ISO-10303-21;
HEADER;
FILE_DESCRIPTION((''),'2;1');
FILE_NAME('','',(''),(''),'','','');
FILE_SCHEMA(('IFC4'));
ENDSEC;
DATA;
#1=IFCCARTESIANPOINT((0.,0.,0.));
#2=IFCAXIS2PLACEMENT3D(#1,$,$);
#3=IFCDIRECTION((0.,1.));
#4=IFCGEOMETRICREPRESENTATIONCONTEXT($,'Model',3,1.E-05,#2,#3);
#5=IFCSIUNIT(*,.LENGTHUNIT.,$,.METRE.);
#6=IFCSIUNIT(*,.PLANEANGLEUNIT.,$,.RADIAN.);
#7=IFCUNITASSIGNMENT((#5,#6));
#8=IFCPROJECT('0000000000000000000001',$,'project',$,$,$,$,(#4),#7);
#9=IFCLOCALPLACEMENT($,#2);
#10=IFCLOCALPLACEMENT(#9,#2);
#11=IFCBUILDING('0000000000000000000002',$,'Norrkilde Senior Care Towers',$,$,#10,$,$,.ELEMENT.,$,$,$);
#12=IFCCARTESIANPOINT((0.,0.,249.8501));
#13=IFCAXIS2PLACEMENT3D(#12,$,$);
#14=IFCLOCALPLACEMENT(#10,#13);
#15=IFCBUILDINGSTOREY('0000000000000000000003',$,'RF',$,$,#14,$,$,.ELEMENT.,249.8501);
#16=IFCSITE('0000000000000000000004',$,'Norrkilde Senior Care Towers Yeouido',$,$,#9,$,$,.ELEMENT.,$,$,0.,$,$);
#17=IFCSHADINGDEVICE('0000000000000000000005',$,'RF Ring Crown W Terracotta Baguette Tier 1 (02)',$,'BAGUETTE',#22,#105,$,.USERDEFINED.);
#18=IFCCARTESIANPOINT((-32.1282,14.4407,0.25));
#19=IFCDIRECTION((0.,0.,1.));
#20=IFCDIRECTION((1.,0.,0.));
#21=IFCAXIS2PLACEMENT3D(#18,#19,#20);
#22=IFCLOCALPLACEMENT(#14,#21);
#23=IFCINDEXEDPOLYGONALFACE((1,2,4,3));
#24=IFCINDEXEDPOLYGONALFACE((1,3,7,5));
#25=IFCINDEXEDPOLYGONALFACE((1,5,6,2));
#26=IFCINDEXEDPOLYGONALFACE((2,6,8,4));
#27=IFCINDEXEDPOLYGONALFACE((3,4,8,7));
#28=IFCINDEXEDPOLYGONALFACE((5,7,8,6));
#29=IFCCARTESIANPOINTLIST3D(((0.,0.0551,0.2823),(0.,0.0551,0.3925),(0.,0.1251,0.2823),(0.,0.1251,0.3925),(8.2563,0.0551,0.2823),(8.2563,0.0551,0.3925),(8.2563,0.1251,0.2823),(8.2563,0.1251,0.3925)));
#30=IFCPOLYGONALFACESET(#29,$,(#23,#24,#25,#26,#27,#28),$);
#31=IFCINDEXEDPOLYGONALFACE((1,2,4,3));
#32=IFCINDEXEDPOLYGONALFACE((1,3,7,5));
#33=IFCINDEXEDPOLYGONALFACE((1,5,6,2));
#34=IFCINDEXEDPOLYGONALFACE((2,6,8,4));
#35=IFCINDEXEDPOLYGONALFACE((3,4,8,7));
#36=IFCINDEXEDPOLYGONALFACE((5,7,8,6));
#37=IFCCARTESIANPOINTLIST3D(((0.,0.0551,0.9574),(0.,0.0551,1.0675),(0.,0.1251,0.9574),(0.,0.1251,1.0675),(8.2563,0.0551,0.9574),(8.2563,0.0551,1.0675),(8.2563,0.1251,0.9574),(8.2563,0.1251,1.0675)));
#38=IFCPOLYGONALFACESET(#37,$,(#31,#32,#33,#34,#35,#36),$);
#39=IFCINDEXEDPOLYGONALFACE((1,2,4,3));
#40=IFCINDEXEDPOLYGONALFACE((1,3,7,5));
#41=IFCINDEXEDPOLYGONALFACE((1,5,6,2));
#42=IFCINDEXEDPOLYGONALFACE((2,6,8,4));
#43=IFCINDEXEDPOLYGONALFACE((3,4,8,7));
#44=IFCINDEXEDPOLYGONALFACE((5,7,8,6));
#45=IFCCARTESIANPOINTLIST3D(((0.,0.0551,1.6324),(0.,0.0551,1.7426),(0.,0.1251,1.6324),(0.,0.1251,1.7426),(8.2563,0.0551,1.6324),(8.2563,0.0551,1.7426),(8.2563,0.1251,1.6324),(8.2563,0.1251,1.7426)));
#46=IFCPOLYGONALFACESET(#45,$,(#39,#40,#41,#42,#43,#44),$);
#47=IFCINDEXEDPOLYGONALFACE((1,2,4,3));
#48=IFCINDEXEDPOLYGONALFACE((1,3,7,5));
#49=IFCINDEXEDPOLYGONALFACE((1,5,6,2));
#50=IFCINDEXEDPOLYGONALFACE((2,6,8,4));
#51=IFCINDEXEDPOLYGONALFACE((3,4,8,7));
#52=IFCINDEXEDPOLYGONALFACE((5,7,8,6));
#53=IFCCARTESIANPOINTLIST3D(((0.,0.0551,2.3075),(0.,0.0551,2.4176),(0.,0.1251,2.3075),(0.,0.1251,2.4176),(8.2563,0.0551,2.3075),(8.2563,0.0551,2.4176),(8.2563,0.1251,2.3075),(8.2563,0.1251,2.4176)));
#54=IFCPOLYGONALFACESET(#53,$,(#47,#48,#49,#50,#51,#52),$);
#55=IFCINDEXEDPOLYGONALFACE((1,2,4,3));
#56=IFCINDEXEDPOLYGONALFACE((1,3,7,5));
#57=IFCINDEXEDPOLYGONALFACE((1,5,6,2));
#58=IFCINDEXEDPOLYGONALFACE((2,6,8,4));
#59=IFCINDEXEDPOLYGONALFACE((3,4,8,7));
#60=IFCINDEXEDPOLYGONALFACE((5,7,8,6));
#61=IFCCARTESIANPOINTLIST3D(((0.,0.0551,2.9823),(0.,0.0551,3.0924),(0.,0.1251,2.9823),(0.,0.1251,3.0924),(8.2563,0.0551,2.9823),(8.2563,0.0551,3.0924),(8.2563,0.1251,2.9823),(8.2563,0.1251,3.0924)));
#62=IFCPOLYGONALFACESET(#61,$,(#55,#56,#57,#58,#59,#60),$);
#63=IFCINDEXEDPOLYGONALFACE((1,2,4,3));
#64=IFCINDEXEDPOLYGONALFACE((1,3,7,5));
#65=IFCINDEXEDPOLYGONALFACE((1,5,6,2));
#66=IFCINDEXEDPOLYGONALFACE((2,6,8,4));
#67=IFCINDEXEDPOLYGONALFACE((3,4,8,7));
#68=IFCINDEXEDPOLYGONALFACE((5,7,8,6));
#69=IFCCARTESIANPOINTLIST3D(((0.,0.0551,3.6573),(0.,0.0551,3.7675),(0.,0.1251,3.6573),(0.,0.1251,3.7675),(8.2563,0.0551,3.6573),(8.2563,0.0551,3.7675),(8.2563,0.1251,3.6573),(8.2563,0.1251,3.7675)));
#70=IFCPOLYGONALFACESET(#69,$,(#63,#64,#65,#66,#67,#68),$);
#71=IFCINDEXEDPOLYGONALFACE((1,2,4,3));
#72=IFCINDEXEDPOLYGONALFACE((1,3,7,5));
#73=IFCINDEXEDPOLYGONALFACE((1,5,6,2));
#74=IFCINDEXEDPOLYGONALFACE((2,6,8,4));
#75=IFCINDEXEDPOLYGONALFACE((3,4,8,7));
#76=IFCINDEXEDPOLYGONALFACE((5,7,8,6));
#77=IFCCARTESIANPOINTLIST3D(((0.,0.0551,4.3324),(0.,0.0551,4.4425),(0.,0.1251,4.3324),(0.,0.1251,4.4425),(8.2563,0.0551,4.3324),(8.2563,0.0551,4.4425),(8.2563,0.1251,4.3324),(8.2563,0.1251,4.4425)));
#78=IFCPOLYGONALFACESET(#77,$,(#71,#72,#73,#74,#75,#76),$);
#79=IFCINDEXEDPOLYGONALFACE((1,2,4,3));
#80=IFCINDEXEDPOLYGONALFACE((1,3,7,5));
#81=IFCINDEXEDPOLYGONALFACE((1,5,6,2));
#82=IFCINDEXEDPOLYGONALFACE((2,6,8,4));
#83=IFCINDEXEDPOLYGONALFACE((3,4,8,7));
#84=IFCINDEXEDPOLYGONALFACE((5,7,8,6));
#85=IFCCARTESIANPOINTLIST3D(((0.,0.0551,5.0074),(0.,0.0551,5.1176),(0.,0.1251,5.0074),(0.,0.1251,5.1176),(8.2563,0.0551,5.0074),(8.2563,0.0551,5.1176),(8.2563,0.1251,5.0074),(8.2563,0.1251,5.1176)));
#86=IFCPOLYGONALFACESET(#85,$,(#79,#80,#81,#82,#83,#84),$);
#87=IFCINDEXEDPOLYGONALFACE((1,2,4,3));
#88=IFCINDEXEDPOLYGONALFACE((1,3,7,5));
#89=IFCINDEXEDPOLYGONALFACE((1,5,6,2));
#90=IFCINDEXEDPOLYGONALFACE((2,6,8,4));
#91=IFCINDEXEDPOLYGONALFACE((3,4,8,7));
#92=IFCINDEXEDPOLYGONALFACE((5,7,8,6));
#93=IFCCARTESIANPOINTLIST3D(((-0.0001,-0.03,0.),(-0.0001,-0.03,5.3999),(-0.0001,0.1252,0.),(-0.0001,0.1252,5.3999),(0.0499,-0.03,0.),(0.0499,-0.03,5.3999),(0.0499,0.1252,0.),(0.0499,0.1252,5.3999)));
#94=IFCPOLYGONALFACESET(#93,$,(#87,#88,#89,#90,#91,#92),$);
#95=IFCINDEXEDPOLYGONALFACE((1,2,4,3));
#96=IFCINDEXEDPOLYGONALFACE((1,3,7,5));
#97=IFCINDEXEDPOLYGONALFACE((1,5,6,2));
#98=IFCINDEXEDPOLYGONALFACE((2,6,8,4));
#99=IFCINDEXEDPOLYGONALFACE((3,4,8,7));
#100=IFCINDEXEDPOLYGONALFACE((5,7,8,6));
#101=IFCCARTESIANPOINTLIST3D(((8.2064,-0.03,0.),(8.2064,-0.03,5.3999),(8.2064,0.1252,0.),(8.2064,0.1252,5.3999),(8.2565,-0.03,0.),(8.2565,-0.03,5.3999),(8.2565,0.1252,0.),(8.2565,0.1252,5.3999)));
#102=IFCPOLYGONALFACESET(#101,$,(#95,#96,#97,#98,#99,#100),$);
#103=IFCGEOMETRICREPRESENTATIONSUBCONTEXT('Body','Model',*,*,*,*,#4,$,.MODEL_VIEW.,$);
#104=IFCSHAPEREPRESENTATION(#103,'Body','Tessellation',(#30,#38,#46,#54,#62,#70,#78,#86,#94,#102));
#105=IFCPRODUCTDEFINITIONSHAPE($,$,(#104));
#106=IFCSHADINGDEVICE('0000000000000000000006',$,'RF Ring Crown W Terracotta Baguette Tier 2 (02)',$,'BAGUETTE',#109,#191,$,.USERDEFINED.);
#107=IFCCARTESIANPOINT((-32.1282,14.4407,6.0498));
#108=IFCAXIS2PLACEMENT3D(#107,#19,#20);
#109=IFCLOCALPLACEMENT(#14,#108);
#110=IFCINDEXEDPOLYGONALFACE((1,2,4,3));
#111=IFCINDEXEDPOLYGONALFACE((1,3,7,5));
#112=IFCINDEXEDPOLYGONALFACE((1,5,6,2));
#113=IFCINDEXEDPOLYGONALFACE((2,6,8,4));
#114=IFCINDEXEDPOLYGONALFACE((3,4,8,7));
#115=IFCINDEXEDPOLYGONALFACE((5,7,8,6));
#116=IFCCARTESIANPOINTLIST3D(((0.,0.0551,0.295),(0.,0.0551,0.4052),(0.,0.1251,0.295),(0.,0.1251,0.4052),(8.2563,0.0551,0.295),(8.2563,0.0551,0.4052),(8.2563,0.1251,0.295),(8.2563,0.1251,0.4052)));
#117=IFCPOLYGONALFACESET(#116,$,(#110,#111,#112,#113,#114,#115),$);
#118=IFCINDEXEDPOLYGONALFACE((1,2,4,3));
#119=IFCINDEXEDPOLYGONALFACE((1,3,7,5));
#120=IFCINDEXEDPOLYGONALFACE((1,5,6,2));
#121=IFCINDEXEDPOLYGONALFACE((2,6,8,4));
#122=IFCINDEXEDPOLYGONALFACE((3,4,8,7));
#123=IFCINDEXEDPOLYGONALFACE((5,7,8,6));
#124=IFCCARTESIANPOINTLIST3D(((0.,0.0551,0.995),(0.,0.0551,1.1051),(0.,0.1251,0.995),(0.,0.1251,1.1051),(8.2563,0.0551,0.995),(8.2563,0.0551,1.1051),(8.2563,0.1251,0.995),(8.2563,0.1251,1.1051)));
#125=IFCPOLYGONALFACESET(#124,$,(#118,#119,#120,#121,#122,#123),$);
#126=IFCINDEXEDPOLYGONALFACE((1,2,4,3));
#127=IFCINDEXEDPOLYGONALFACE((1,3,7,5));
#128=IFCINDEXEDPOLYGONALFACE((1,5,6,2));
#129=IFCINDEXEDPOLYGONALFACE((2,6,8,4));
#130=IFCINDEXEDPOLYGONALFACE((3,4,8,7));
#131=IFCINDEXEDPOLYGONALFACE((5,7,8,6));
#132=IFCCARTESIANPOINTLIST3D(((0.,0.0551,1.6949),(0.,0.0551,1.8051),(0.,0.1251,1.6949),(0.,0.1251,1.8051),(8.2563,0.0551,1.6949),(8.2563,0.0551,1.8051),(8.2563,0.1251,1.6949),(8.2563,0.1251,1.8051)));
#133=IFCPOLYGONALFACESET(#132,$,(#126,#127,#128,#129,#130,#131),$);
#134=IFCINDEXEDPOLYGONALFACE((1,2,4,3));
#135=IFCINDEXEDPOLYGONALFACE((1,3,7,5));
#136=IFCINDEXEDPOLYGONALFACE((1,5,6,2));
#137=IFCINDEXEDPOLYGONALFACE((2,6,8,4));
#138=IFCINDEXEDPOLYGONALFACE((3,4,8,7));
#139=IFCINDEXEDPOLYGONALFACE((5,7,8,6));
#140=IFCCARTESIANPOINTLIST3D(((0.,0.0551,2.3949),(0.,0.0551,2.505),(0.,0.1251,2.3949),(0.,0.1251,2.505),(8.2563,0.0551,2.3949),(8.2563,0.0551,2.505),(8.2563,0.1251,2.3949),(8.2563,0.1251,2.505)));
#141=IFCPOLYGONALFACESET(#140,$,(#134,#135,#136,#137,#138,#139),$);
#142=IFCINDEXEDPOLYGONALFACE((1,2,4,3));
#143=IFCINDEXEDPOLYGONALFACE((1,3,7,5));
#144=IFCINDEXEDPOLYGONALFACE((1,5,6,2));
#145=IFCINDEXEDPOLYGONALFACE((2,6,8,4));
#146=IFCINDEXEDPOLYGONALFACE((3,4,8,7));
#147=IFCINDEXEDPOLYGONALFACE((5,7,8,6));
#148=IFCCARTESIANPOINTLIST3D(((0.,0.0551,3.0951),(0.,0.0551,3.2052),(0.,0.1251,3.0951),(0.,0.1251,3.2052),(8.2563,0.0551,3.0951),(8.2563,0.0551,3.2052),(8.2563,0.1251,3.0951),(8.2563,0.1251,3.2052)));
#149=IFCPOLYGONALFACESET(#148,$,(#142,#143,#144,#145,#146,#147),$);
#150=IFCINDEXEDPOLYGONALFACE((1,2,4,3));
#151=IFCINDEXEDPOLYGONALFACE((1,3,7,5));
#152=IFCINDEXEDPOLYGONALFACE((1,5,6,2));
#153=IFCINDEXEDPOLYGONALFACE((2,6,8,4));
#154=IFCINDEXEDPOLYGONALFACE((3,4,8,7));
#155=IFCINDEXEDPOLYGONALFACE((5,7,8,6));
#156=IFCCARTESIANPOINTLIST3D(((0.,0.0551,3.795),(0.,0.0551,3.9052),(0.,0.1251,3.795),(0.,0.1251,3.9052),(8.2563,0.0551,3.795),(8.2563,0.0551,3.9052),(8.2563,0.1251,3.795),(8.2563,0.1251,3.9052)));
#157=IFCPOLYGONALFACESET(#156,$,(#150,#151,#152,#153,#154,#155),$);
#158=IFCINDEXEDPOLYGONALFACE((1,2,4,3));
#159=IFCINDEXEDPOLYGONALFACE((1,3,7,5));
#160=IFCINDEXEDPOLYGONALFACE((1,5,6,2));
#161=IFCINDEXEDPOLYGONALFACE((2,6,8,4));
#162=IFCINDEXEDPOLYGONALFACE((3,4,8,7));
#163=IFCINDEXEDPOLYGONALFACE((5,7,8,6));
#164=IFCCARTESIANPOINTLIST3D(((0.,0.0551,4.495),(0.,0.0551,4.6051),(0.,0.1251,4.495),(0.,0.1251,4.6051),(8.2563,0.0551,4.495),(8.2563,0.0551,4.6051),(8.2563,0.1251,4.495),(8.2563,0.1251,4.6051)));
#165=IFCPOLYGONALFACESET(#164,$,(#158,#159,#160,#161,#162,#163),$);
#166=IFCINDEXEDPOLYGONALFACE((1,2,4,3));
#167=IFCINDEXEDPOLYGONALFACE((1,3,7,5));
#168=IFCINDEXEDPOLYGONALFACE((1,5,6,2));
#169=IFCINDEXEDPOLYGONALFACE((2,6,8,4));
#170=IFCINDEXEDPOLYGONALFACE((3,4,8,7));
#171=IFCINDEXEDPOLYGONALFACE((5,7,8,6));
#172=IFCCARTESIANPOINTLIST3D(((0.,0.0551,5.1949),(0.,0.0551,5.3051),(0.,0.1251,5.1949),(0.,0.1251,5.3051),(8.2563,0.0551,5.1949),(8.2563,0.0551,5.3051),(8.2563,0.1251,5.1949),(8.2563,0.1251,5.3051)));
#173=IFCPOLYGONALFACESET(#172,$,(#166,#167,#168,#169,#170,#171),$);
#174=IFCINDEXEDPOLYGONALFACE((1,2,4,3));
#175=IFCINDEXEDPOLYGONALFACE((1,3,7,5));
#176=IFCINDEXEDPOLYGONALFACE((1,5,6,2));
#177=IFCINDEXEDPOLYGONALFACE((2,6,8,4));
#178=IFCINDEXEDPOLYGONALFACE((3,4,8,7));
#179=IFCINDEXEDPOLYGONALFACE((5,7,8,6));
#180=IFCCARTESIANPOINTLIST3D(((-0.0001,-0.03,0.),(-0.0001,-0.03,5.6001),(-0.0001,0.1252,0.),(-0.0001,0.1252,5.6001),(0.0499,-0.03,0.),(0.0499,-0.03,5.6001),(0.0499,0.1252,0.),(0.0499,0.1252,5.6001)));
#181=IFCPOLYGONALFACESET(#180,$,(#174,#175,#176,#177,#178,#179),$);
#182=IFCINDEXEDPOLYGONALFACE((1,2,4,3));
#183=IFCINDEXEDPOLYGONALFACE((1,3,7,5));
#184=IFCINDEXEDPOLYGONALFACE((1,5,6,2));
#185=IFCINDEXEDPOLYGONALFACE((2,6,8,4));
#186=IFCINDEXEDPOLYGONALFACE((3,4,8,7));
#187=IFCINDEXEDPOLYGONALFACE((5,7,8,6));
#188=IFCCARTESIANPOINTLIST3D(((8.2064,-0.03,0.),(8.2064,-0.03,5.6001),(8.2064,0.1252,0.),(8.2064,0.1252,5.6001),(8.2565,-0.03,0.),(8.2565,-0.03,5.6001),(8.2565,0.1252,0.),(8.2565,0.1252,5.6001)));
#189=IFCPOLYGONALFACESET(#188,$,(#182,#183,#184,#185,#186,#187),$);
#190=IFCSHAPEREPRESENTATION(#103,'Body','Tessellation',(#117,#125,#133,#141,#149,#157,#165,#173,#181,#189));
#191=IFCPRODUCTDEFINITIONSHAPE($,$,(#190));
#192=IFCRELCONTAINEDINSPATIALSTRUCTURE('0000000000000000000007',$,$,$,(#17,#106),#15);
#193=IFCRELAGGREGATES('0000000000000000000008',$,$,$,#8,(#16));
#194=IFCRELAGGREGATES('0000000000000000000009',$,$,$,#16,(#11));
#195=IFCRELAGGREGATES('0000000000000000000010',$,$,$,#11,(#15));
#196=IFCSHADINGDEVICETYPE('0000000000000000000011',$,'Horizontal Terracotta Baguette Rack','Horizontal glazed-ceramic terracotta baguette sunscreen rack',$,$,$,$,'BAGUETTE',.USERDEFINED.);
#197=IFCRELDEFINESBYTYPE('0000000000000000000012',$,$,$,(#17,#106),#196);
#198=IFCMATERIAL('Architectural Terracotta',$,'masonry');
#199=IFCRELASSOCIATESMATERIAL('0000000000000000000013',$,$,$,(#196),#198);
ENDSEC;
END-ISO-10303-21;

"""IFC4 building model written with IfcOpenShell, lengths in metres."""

from ifc_helpers import new_model, si_unit, direction, frame, origin, origin_2d, place, context, subcontext, project, spatial, rectangle, extrude, source, transform, mapped, material, type_object, type_shapes, element, save


model = new_model("IFC4")

# Units and contexts
model_context = context("Model", 3, precision=1e-05, world=origin(), true_north=direction((0.0, 1.0)))
body_context = subcontext(model_context, "Body", "Model", "MODEL_VIEW")
ifc_project = project(units=[si_unit("LENGTHUNIT", "METRE"), si_unit("PLANEANGLEUNIT", "RADIAN")], contexts=[model_context])

# Site, building, storey
site_placement = place(None, origin())
site = spatial("IfcSite", under=ifc_project, at=site_placement, Name="Norrkilde Senior Care Towers Yeouido", CompositionType="ELEMENT", RefElevation=0.0)
building_placement = place(site_placement, origin())
building = spatial("IfcBuilding", under=site, at=building_placement, Name="Norrkilde Senior Care Towers", CompositionType="ELEMENT")
storey_placement = place(building_placement, frame((0.0, 0.0, 249.8501)))
storey = spatial("IfcBuildingStorey", under=building, at=storey_placement, Name="RF", CompositionType="ELEMENT", Elevation=249.8501)

# Shared definitions
ifc_material_1 = material(Name="Architectural Terracotta", Category="masonry")

# Shading devices
shading_device_type = type_object("IfcShadingDeviceType", Name="Horizontal Terracotta Baguette Rack", Description="Horizontal glazed-ceramic terracotta baguette sunscreen rack", ElementType="BAGUETTE", PredefinedType="USERDEFINED", material=ifc_material_1)
shared_shape_1 = source(origin(), body_context, "Body", "SweptSolid", [
    extrude(rectangle(XDim=0.0701, YDim=0.1101, at=origin_2d()), frame((0.0, 0.0901, 0.3374), z_axis=(1.0, 0.0, 0.0), x_axis=(0.0, 1.0, 0.0)), (0.0, 0.0, 1.0), 8.2563),
    extrude(rectangle(XDim=0.0701, YDim=0.1101, at=origin_2d()), frame((0.0, 0.0901, 1.0125), z_axis=(1.0, 0.0, 0.0), x_axis=(0.0, 1.0, 0.0)), (0.0, 0.0, 1.0), 8.2563),
    extrude(rectangle(XDim=0.0701, YDim=0.1101, at=origin_2d()), frame((0.0, 0.0901, 1.6875), z_axis=(1.0, 0.0, 0.0), x_axis=(0.0, 1.0, 0.0)), (0.0, 0.0, 1.0), 8.2563),
    extrude(rectangle(XDim=0.0701, YDim=0.1101, at=origin_2d()), frame((0.0, 0.0901, 2.3625), z_axis=(1.0, 0.0, 0.0), x_axis=(0.0, 1.0, 0.0)), (0.0, 0.0, 1.0), 8.2563),
    extrude(rectangle(XDim=0.0701, YDim=0.1101, at=origin_2d()), frame((0.0, 0.0901, 3.0374), z_axis=(1.0, 0.0, 0.0), x_axis=(0.0, 1.0, 0.0)), (0.0, 0.0, 1.0), 8.2563),
    extrude(rectangle(XDim=0.0701, YDim=0.1101, at=origin_2d()), frame((0.0, 0.0901, 3.7124), z_axis=(1.0, 0.0, 0.0), x_axis=(0.0, 1.0, 0.0)), (0.0, 0.0, 1.0), 8.2563),
    extrude(rectangle(XDim=0.0701, YDim=0.1101, at=origin_2d()), frame((0.0, 0.0901, 4.3875), z_axis=(1.0, 0.0, 0.0), x_axis=(0.0, 1.0, 0.0)), (0.0, 0.0, 1.0), 8.2563),
    extrude(rectangle(XDim=0.0701, YDim=0.1101, at=origin_2d()), frame((0.0, 0.0901, 5.0625), z_axis=(1.0, 0.0, 0.0), x_axis=(0.0, 1.0, 0.0)), (0.0, 0.0, 1.0), 8.2563),
    extrude(rectangle(XDim=0.05, YDim=0.1553, at=origin_2d()), frame((0.0249, 0.0476, 0.0)), (0.0, 0.0, 1.0), 5.3999),
    extrude(rectangle(XDim=0.05, YDim=0.1553, at=origin_2d()), frame((8.2314, 0.0476, 0.0)), (0.0, 0.0, 1.0), 5.3999),
])
shading_device_1_placement = place(storey_placement, frame((-32.1282, 14.4407, 0.25), z_axis=(0.0, 0.0, 1.0), x_axis=(1.0, 0.0, 0.0)))
element("IfcShadingDevice", 1, at=shading_device_1_placement, inside=storey, type_object=shading_device_type, Name="RF Ring Crown W Terracotta Baguette Tier 1 (02)", ObjectType="BAGUETTE", PredefinedType="USERDEFINED", context=body_context, shape_type="MappedRepresentation", body=[
    mapped(shared_shape_1, transform((0.0, 0.0, 0.0), x_axis=(1.0, 0.0, 0.0), y_axis=(0.0, 1.0, 0.0), z_axis=(0.0, 0.0, 1.0), scale=1.0)),
])
shared_shape_2 = source(origin(), body_context, "Body", "SweptSolid", [
    extrude(rectangle(XDim=0.0701, YDim=0.1101, at=origin_2d()), frame((0.0, 0.0901, 0.3501), z_axis=(1.0, 0.0, 0.0), x_axis=(0.0, 1.0, 0.0)), (0.0, 0.0, 1.0), 8.2563),
    extrude(rectangle(XDim=0.0701, YDim=0.1101, at=origin_2d()), frame((0.0, 0.0901, 1.05), z_axis=(1.0, 0.0, 0.0), x_axis=(0.0, 1.0, 0.0)), (0.0, 0.0, 1.0), 8.2563),
    extrude(rectangle(XDim=0.0701, YDim=0.1101, at=origin_2d()), frame((0.0, 0.0901, 1.75), z_axis=(1.0, 0.0, 0.0), x_axis=(0.0, 1.0, 0.0)), (0.0, 0.0, 1.0), 8.2563),
    extrude(rectangle(XDim=0.0701, YDim=0.1101, at=origin_2d()), frame((0.0, 0.0901, 2.45), z_axis=(1.0, 0.0, 0.0), x_axis=(0.0, 1.0, 0.0)), (0.0, 0.0, 1.0), 8.2563),
    extrude(rectangle(XDim=0.0701, YDim=0.1101, at=origin_2d()), frame((0.0, 0.0901, 3.1501), z_axis=(1.0, 0.0, 0.0), x_axis=(0.0, 1.0, 0.0)), (0.0, 0.0, 1.0), 8.2563),
    extrude(rectangle(XDim=0.0701, YDim=0.1101, at=origin_2d()), frame((0.0, 0.0901, 3.8501), z_axis=(1.0, 0.0, 0.0), x_axis=(0.0, 1.0, 0.0)), (0.0, 0.0, 1.0), 8.2563),
    extrude(rectangle(XDim=0.0701, YDim=0.1101, at=origin_2d()), frame((0.0, 0.0901, 4.55), z_axis=(1.0, 0.0, 0.0), x_axis=(0.0, 1.0, 0.0)), (0.0, 0.0, 1.0), 8.2563),
    extrude(rectangle(XDim=0.0701, YDim=0.1101, at=origin_2d()), frame((0.0, 0.0901, 5.25), z_axis=(1.0, 0.0, 0.0), x_axis=(0.0, 1.0, 0.0)), (0.0, 0.0, 1.0), 8.2563),
    extrude(rectangle(XDim=0.05, YDim=0.1553, at=origin_2d()), frame((0.0249, 0.0476, 0.0)), (0.0, 0.0, 1.0), 5.6001),
    extrude(rectangle(XDim=0.05, YDim=0.1553, at=origin_2d()), frame((8.2314, 0.0476, 0.0)), (0.0, 0.0, 1.0), 5.6001),
])
type_shapes(shading_device_type, [shared_shape_1, shared_shape_2])
shading_device_2_placement = place(storey_placement, frame((-32.1282, 14.4407, 6.0498), z_axis=(0.0, 0.0, 1.0), x_axis=(1.0, 0.0, 0.0)))
element("IfcShadingDevice", 2, at=shading_device_2_placement, inside=storey, type_object=shading_device_type, Name="RF Ring Crown W Terracotta Baguette Tier 2 (02)", ObjectType="BAGUETTE", PredefinedType="USERDEFINED", context=body_context, shape_type="MappedRepresentation", body=[
    mapped(shared_shape_2, transform((0.0, 0.0, 0.0), x_axis=(1.0, 0.0, 0.0), y_axis=(0.0, 1.0, 0.0), z_axis=(0.0, 0.0, 1.0), scale=1.0)),
])

save(model, "model.ifc")
